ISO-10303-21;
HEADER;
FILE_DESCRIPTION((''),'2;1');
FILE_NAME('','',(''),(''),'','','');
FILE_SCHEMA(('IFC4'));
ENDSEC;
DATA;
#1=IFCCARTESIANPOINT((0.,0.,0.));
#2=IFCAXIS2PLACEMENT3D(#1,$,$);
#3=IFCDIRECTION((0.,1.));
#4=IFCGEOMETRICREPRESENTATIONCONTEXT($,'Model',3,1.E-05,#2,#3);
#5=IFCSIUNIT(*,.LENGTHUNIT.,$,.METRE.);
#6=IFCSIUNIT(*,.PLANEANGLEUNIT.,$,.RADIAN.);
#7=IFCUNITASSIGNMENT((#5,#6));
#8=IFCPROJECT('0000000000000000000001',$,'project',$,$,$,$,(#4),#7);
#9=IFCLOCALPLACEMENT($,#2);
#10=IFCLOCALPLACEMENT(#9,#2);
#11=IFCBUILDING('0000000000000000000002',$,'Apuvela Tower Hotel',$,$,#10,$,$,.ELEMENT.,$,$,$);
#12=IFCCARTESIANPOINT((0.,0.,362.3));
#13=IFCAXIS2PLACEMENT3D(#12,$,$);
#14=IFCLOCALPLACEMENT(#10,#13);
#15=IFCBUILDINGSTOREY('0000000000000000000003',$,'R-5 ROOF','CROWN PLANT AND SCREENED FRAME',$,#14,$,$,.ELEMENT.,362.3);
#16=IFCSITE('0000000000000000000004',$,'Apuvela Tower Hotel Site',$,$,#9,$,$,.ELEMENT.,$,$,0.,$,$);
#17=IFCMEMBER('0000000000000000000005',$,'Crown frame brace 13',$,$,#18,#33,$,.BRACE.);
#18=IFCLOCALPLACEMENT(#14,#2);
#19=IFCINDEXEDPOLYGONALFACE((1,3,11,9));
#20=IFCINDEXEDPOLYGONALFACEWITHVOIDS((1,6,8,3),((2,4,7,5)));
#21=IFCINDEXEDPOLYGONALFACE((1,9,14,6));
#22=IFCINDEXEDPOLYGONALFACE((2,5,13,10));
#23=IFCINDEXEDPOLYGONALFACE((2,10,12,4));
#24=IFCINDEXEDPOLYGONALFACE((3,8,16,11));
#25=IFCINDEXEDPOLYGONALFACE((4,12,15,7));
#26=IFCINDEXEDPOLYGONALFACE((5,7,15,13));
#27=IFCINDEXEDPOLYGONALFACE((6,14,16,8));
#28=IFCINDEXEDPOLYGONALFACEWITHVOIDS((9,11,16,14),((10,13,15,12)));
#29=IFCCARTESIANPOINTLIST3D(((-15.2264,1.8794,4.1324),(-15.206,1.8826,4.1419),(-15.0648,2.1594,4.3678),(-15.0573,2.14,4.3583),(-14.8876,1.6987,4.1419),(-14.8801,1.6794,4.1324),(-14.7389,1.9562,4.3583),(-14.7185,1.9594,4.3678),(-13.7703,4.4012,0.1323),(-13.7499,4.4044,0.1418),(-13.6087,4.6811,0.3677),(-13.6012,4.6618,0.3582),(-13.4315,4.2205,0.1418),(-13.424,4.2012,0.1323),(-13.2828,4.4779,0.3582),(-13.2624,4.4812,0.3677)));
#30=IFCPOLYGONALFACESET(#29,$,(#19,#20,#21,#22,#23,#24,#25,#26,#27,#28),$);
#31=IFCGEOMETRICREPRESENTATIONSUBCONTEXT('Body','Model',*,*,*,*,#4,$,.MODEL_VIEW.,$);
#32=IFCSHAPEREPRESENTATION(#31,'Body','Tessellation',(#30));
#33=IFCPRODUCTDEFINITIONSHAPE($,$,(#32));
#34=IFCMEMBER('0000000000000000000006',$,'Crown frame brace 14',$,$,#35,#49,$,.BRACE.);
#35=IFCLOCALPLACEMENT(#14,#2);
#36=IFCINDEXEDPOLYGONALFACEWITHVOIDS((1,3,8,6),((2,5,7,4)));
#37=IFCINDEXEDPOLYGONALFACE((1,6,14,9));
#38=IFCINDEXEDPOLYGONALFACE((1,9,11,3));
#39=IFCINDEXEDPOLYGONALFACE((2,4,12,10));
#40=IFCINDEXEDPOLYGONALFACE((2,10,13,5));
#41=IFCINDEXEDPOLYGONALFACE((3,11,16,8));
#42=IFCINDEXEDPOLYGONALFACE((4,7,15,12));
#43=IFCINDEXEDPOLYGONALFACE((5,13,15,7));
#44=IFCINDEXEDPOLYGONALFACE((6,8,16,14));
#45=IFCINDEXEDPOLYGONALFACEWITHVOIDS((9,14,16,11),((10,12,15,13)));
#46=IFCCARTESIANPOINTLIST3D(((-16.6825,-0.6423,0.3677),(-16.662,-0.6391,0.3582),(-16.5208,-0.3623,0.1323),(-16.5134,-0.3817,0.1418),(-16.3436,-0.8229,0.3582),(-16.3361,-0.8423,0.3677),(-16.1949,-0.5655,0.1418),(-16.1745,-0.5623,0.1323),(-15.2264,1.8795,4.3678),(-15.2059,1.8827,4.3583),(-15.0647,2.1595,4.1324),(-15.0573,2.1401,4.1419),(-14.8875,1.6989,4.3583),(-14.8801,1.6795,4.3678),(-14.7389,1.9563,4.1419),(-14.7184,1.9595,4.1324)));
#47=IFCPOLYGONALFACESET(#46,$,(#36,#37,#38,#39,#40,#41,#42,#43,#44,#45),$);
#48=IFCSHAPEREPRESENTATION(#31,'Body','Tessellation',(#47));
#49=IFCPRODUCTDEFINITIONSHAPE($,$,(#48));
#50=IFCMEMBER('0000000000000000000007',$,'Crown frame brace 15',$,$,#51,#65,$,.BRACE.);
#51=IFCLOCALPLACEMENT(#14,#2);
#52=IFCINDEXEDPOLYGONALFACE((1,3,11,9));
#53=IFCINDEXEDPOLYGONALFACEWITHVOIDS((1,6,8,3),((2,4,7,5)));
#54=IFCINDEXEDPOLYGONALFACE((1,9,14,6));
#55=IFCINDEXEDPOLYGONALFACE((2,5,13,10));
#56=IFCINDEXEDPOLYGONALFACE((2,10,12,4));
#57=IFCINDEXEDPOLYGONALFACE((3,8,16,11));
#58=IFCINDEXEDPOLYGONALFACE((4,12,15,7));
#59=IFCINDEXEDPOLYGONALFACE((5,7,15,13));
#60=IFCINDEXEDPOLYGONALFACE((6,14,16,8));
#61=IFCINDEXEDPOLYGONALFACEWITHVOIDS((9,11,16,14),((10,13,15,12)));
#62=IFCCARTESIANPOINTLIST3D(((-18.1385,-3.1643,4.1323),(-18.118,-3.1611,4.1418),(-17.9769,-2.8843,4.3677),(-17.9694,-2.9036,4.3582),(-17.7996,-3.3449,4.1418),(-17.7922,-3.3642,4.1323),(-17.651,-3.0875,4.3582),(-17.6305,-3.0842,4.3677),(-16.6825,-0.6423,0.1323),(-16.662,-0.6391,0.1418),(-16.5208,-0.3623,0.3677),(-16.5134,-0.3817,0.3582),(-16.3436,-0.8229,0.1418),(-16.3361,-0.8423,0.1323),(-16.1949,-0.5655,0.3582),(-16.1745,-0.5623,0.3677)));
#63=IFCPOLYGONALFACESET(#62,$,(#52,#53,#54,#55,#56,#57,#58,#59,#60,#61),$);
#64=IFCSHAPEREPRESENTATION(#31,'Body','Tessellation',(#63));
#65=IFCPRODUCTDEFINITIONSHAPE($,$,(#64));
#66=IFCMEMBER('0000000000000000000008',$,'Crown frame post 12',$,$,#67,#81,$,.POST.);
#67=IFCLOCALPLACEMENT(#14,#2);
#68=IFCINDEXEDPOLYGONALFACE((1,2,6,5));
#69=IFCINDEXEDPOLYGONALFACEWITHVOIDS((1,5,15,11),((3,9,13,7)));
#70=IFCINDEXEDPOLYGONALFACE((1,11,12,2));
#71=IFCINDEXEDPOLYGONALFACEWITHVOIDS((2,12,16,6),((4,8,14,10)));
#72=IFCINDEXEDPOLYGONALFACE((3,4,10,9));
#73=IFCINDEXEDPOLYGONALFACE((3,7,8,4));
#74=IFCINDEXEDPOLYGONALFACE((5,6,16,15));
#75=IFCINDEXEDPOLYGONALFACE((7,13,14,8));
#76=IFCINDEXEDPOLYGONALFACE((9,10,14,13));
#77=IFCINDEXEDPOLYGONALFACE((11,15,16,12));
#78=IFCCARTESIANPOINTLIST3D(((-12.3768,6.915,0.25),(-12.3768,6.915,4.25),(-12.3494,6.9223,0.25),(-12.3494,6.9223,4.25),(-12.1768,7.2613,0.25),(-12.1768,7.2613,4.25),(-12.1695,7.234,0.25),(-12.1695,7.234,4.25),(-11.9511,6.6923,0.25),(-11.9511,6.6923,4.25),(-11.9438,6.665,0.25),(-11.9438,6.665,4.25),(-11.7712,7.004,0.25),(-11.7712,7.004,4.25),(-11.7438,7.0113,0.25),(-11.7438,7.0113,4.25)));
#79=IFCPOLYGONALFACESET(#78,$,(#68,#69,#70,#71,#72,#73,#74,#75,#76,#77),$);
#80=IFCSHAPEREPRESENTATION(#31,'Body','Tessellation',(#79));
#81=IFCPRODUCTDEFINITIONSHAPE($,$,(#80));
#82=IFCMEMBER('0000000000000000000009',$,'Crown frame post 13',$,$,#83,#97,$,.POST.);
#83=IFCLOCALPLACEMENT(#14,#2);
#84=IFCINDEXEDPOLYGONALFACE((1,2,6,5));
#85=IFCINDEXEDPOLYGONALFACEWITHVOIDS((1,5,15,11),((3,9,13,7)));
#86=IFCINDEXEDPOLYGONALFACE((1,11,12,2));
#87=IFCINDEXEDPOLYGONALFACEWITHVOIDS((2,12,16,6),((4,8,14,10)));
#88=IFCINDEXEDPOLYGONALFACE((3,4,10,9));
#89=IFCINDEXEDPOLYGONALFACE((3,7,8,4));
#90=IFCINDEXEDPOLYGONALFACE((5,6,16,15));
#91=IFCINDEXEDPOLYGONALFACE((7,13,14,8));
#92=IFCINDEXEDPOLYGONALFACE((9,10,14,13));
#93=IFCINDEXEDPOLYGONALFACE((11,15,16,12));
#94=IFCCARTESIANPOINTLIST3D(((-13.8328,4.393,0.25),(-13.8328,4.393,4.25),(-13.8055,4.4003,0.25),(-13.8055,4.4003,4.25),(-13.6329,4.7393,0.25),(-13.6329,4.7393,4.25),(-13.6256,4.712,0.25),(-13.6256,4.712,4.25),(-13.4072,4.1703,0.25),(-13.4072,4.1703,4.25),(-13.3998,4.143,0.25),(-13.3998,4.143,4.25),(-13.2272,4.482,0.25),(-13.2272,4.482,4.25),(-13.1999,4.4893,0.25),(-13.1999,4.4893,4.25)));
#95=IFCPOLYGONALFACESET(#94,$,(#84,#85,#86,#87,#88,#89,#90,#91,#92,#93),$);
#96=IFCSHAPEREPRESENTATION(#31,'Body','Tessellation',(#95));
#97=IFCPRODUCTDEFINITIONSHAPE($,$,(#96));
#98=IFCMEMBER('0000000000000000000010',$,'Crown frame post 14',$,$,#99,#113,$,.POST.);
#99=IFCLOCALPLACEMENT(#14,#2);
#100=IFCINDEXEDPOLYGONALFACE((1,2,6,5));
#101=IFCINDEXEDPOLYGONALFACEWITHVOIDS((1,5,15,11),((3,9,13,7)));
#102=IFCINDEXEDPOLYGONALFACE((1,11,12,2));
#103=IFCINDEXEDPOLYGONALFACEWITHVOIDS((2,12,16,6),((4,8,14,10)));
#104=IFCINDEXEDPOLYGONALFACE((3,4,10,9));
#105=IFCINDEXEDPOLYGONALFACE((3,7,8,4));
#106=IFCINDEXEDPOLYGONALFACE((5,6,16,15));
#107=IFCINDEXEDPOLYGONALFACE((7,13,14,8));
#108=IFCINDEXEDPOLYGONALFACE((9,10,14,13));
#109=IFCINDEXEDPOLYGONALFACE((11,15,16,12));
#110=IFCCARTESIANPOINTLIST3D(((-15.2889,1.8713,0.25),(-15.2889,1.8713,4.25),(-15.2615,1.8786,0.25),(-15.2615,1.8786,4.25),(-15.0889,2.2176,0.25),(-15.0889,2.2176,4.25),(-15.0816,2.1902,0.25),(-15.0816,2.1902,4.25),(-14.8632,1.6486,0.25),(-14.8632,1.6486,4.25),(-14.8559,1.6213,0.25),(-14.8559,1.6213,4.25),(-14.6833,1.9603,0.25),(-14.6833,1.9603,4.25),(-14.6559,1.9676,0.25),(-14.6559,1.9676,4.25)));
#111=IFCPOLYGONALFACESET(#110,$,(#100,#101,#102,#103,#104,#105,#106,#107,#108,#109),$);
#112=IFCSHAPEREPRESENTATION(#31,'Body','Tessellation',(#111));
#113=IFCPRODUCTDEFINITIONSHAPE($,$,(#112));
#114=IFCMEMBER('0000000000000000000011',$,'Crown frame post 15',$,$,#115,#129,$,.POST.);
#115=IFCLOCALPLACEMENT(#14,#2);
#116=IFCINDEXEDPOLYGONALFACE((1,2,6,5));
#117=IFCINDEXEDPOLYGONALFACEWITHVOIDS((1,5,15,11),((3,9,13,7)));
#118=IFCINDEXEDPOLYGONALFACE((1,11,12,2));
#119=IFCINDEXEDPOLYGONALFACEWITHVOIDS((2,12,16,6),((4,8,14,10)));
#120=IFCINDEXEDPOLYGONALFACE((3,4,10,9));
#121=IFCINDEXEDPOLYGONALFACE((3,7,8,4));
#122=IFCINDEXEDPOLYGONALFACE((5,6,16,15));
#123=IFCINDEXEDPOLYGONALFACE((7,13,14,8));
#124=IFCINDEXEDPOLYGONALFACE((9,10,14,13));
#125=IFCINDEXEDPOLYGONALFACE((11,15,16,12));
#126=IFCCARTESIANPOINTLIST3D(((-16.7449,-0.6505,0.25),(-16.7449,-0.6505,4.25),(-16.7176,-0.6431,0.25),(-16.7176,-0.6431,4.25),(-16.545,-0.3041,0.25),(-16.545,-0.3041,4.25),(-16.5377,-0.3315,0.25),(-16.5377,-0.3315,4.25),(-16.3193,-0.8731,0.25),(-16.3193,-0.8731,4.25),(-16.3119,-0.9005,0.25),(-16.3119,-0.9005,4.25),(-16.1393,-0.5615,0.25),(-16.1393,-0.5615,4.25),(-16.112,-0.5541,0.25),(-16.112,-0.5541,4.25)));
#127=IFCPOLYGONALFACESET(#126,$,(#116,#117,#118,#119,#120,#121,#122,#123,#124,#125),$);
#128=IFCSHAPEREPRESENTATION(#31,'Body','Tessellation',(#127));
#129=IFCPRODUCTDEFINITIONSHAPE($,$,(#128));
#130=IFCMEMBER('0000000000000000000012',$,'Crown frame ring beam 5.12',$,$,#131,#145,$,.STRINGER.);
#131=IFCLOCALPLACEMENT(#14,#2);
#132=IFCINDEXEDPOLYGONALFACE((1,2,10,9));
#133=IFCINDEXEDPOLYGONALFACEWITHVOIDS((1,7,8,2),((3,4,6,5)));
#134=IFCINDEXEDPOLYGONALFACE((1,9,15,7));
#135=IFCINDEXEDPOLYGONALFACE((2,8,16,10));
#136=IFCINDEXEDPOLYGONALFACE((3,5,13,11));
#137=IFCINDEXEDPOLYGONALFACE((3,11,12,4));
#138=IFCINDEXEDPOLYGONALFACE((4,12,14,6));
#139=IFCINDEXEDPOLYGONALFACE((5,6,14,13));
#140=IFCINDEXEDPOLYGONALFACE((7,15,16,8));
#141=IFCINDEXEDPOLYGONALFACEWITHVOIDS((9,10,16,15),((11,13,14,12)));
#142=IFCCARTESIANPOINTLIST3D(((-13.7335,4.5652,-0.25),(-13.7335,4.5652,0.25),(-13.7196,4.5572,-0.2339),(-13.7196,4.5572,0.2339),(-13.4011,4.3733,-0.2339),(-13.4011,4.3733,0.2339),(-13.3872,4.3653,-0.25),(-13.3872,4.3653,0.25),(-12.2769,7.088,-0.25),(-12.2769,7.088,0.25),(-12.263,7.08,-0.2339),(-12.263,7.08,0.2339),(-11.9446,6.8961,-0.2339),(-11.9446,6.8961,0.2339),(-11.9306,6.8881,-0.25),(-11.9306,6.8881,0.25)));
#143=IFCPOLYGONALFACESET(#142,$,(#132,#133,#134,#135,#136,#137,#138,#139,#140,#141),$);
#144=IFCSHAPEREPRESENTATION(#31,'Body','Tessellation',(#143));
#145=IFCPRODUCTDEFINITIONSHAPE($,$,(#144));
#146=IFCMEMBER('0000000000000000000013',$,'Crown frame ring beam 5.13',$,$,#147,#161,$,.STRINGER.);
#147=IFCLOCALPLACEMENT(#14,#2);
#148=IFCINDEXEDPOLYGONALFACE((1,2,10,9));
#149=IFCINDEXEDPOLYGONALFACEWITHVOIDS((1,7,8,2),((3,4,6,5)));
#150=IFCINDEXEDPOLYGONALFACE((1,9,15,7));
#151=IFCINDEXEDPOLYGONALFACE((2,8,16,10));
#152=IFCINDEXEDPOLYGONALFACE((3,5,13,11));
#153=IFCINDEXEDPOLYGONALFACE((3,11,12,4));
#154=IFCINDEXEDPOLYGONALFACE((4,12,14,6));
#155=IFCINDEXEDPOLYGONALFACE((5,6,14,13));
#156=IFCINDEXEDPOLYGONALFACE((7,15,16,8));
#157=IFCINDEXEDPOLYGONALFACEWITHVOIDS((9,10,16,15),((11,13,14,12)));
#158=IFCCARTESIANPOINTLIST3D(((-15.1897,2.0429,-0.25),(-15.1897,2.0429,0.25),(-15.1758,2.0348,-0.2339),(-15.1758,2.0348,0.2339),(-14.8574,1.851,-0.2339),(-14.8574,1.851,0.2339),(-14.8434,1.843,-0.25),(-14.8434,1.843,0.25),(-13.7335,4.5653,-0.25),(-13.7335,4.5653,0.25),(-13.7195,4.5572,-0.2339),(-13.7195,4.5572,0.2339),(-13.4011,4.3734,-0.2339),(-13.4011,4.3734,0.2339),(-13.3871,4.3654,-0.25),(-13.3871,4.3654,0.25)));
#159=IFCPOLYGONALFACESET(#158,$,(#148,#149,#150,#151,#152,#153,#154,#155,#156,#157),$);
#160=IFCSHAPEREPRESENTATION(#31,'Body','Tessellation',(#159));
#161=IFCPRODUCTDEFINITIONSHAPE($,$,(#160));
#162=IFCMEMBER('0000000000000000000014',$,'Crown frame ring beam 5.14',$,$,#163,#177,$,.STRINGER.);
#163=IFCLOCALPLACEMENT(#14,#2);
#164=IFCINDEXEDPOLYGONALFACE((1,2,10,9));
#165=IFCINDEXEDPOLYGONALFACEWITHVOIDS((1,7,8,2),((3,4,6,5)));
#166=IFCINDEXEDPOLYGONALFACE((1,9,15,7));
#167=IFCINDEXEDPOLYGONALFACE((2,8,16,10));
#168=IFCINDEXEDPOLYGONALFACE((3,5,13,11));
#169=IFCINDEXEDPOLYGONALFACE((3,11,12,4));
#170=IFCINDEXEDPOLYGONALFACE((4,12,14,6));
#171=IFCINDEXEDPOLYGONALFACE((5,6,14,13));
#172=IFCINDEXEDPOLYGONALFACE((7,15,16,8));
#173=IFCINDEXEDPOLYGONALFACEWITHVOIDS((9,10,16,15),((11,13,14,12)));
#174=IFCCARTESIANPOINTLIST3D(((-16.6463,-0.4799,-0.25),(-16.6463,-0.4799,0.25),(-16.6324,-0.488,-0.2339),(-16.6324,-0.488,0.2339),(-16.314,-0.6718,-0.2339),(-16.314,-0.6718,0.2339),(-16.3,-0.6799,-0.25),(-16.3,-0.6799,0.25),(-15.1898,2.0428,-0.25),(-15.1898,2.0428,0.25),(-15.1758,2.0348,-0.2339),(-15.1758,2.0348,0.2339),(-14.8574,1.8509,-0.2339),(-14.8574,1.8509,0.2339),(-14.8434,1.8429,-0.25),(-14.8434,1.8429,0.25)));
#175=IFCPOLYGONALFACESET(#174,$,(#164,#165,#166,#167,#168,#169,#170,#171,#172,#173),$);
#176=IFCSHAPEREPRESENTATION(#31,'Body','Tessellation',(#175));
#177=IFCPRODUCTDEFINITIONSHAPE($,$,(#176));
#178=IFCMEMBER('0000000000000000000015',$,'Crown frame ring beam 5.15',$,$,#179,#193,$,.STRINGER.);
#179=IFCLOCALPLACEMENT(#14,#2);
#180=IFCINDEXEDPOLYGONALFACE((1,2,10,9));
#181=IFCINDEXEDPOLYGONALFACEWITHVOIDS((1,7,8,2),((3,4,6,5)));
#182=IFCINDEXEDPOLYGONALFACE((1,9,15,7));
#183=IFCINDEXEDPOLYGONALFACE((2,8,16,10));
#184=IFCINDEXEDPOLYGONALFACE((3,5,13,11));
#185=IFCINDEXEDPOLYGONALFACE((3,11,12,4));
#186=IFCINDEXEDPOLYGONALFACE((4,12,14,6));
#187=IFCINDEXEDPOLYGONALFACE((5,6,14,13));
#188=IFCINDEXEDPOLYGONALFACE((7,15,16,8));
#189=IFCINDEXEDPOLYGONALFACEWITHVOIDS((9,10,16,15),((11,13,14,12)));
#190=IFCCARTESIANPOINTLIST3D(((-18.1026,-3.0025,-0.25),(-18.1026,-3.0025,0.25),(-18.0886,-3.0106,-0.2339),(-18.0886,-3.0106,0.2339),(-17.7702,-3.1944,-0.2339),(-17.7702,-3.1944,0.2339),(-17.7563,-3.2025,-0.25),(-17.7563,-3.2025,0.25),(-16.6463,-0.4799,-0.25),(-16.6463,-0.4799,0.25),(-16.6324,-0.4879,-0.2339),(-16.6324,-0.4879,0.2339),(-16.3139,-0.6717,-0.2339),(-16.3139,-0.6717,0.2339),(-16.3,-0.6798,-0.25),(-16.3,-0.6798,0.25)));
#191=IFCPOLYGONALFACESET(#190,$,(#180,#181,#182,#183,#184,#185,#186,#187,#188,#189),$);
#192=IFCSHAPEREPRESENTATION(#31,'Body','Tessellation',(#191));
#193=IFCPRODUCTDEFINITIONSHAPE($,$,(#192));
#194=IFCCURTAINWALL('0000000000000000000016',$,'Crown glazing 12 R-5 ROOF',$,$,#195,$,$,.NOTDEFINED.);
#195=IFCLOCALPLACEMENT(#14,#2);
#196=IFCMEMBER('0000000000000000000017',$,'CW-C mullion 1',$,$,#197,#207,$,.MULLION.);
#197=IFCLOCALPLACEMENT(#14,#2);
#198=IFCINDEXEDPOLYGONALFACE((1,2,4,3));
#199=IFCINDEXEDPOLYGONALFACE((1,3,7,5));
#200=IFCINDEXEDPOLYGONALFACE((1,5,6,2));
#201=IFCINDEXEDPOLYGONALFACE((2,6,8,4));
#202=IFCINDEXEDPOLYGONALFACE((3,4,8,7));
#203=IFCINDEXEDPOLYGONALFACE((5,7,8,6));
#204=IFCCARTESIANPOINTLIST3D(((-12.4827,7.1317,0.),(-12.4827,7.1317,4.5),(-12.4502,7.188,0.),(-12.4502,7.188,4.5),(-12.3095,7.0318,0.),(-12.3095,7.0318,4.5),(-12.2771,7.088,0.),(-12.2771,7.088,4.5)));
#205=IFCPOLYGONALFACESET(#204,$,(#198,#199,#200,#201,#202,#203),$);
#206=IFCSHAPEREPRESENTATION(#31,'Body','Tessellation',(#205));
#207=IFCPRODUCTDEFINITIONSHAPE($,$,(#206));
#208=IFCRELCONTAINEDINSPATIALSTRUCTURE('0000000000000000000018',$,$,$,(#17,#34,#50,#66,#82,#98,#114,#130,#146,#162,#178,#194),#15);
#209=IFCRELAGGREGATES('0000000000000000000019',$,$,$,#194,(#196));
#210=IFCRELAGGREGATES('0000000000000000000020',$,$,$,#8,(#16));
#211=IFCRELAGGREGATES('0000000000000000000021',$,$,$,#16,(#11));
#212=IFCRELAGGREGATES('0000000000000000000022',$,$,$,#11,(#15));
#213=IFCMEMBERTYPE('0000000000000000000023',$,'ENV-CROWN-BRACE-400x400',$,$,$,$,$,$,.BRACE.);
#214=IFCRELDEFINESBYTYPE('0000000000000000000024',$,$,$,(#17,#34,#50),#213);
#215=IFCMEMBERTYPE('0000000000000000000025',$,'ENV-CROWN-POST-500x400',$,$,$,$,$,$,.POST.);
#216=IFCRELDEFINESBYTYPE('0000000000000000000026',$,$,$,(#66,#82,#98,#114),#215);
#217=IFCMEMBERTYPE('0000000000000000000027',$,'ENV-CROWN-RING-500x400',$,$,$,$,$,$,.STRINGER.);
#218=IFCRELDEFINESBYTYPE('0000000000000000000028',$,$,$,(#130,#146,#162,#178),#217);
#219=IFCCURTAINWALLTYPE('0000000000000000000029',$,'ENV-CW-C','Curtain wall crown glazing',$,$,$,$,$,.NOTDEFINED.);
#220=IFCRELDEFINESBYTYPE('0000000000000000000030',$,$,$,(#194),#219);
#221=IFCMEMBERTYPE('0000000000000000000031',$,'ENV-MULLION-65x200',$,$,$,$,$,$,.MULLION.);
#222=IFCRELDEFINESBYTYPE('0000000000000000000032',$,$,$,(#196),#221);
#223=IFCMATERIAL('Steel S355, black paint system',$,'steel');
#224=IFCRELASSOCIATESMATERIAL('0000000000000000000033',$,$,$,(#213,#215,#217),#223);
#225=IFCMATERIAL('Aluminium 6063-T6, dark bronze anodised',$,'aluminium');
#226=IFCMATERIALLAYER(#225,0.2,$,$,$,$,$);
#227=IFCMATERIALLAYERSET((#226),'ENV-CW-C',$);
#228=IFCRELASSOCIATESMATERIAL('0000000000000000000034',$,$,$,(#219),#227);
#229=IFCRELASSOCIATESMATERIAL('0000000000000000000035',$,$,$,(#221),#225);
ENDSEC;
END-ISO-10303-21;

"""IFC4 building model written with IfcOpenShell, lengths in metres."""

from ifc_helpers import new_model, si_unit, direction, frame, origin, origin_2d, place, context, subcontext, project, spatial, rectangle, hollow_rectangle, extrude, material, layer, layer_set, material_profile, profile_set, type_object, element, aggregate, save


model = new_model("IFC4")

# Units and contexts
model_context = context("Model", 3, precision=1e-05, world=origin(), true_north=direction((0.0, 1.0)))
body_context = subcontext(model_context, "Body", "Model", "MODEL_VIEW")
ifc_project = project(units=[si_unit("LENGTHUNIT", "METRE"), si_unit("PLANEANGLEUNIT", "RADIAN")], contexts=[model_context])

# Site, building, storey
site_placement = place(None, origin())
site = spatial("IfcSite", under=ifc_project, at=site_placement, Name="Apuvela Tower Hotel Site", CompositionType="ELEMENT", RefElevation=0.0)
building_placement = place(site_placement, origin())
building = spatial("IfcBuilding", under=site, at=building_placement, Name="Apuvela Tower Hotel", CompositionType="ELEMENT")
storey_placement = place(building_placement, frame((0.0, 0.0, 362.3)))
storey = spatial("IfcBuildingStorey", under=building, at=storey_placement, Name="R-5 ROOF", Description="CROWN PLANT AND SCREENED FRAME", CompositionType="ELEMENT", Elevation=362.3)

# Members
ifc_material_1 = material(Name="Steel S355, black paint system", Category="steel")
ifc_material_profile_1 = material_profile(ifc_material_1, hollow_rectangle(XDim=0.3999, YDim=0.3999, WallThickness=0.0161, at=origin_2d()), Name="HSS 400x400x16")
ifc_profile_set_1 = profile_set([ifc_material_profile_1], Name="Steel S355, black paint system")
member_type_1 = type_object("IfcMemberType", Name="ENV-CROWN-BRACE-400x400", PredefinedType="BRACE", material=ifc_profile_set_1)
for number, where, z_axis, x_axis, name in (
    (1, (-13.5164, 4.4412, 0.25), (-0.294292, -0.509682, 0.808465), (0.866005, -0.500035, 0.0), "Crown frame brace 13"),
    (2, (-16.4285, -0.6023, 0.25), (0.294292, 0.509682, 0.808465), (-0.866005, 0.500035, 0.0), "Crown frame brace 14"),
    (3, (-16.4285, -0.6023, 0.25), (-0.294285, -0.509719, 0.808445), (0.866026, -0.499998, 0.0), "Crown frame brace 15"),
):
    element("IfcMember", number, at=place(storey_placement, frame(where, z_axis=z_axis, x_axis=x_axis)), inside=storey, type_object=member_type_1, Name=name, PredefinedType="BRACE", context=body_context, shape_type="SweptSolid", body=[
        extrude(hollow_rectangle(XDim=0.3999, YDim=0.3999, WallThickness=0.0161, at=origin_2d()), origin(), (0.0, 0.0, 1.0), 4.9478),
    ])
ifc_material_profile_2 = material_profile(ifc_material_1, hollow_rectangle(XDim=0.3999, YDim=0.5, WallThickness=0.02, at=origin_2d()), Name="HSS 500x400x20")
ifc_profile_set_2 = profile_set([ifc_material_profile_2], Name="Steel S355, black paint system")
member_type_2 = type_object("IfcMemberType", Name="ENV-CROWN-POST-500x400", PredefinedType="POST", material=ifc_profile_set_2)
for number, where, z_axis, x_axis, name in (
    (4, (-12.0603, 6.9631, 0.25), (0.0, 0.0, 1.0), (-0.5, -0.866025, 0.0), "Crown frame post 12"),
    (5, (-13.5164, 4.4412, 0.25), (0.0, 0.0, 1.0), (-0.5, -0.866025, 0.0), "Crown frame post 13"),
    (6, (-14.9724, 1.9194, 0.25), (0.0, 0.0, 1.0), (-0.5, -0.866025, 0.0), "Crown frame post 14"),
    (7, (-16.4285, -0.6023, 0.25), (0.0, 0.0, 1.0), (-0.5, -0.866025, 0.0), "Crown frame post 15"),
):
    element("IfcMember", number, at=place(storey_placement, frame(where, z_axis=z_axis, x_axis=x_axis)), inside=storey, type_object=member_type_2, Name=name, PredefinedType="POST", context=body_context, shape_type="SweptSolid", body=[
        extrude(hollow_rectangle(XDim=0.3999, YDim=0.5, WallThickness=0.02, at=origin_2d()), origin(), (0.0, 0.0, 1.0), 4.0),
    ])
ifc_material_profile_3 = material_profile(ifc_material_1, hollow_rectangle(XDim=0.3999, YDim=0.5, WallThickness=0.0161, at=origin_2d()), Name="HSS 500x400x16")
ifc_profile_set_3 = profile_set([ifc_material_profile_3], Name="Steel S355, black paint system")
member_type_3 = type_object("IfcMemberType", Name="ENV-CROWN-RING-500x400", PredefinedType="STRINGER", material=ifc_profile_set_3)
member_1_placement = place(storey_placement, frame((-12.1038, 6.988, 0.0), z_axis=(-0.500015, -0.866017, 0.0), x_axis=(0.866017, -0.500015, 0.0)))
element("IfcMember", 8, at=member_1_placement, inside=storey, type_object=member_type_3, Name="Crown frame ring beam 5.12", PredefinedType="STRINGER", context=body_context, shape_type="SweptSolid", body=[
    extrude(hollow_rectangle(XDim=0.3999, YDim=0.5, WallThickness=0.0161, at=origin_2d()), origin(), (0.0, 0.0, 1.0), 2.9131),
])
member_2_placement = place(storey_placement, frame((-13.5603, 4.4653, 0.0), z_axis=(-0.499988, -0.866032, 0.0), x_axis=(0.866032, -0.499988, 0.0)))
element("IfcMember", 9, at=member_2_placement, inside=storey, type_object=member_type_3, Name="Crown frame ring beam 5.13", PredefinedType="STRINGER", context=body_context, shape_type="SweptSolid", body=[
    extrude(hollow_rectangle(XDim=0.3999, YDim=0.5, WallThickness=0.0161, at=origin_2d()), origin(), (0.0, 0.0, 1.0), 2.9126),
])
member_3_placement = place(storey_placement, frame((-15.0166, 1.9429, 0.0), z_axis=(-0.500015, -0.866017, 0.0), x_axis=(0.866017, -0.500015, 0.0)))
element("IfcMember", 10, at=member_3_placement, inside=storey, type_object=member_type_3, Name="Crown frame ring beam 5.14", PredefinedType="STRINGER", context=body_context, shape_type="SweptSolid", body=[
    extrude(hollow_rectangle(XDim=0.3999, YDim=0.5, WallThickness=0.0161, at=origin_2d()), origin(), (0.0, 0.0, 1.0), 2.9131),
])
member_4_placement = place(storey_placement, frame((-16.4731, -0.5798, 0.0), z_axis=(-0.499952, -0.866053, 0.0), x_axis=(0.866053, -0.499952, 0.0)))
element("IfcMember", 11, at=member_4_placement, inside=storey, type_object=member_type_3, Name="Crown frame ring beam 5.15", PredefinedType="STRINGER", context=body_context, shape_type="SweptSolid", body=[
    extrude(hollow_rectangle(XDim=0.3999, YDim=0.5, WallThickness=0.0161, at=origin_2d()), origin(), (0.0, 0.0, 1.0), 2.9128),
])

# Curtain wall, member
ifc_material_2 = material(Name="Aluminium 6063-T6, dark bronze anodised", Category="aluminium")
ifc_layer_1 = layer(ifc_material_2, 0.2)
ifc_layer_set_1 = layer_set([ifc_layer_1], Name="ENV-CW-C")
curtain_wall_type_1 = type_object("IfcCurtainWallType", Name="ENV-CW-C", Description="Curtain wall crown glazing", PredefinedType="NOTDEFINED", material=ifc_layer_set_1)
curtain_wall_1_placement = place(storey_placement, origin())
curtain_wall_1 = element("IfcCurtainWall", 12, at=curtain_wall_1_placement, inside=storey, type_object=curtain_wall_type_1, Name="Crown glazing 12 R-5 ROOF", PredefinedType="NOTDEFINED")
ifc_material_profile_4 = material_profile(ifc_material_2, rectangle(XDim=0.2, YDim=0.0649, at=origin_2d()), Name="AL 65x200")
ifc_profile_set_4 = profile_set([ifc_material_profile_4], Name="Aluminium 6063-T6, dark bronze anodised")
member_type_4 = type_object("IfcMemberType", Name="ENV-MULLION-65x200", PredefinedType="MULLION", material=ifc_profile_set_4)
member_5_placement = place(storey_placement, frame((-12.3799, 7.1099, 0.0), z_axis=(0.0, 0.0, 1.0), x_axis=(0.866037, -0.499981, 0.0)))
member_5 = element("IfcMember", 13, at=member_5_placement, type_object=member_type_4, Name="CW-C mullion 1", PredefinedType="MULLION", context=body_context, shape_type="SweptSolid", body=[
    extrude(rectangle(XDim=0.2, YDim=0.0649, at=origin_2d()), origin(), (0.0, 0.0, 1.0), 4.5),
])

aggregate(curtain_wall_1, [member_5])

save(model, "model.ifc")
